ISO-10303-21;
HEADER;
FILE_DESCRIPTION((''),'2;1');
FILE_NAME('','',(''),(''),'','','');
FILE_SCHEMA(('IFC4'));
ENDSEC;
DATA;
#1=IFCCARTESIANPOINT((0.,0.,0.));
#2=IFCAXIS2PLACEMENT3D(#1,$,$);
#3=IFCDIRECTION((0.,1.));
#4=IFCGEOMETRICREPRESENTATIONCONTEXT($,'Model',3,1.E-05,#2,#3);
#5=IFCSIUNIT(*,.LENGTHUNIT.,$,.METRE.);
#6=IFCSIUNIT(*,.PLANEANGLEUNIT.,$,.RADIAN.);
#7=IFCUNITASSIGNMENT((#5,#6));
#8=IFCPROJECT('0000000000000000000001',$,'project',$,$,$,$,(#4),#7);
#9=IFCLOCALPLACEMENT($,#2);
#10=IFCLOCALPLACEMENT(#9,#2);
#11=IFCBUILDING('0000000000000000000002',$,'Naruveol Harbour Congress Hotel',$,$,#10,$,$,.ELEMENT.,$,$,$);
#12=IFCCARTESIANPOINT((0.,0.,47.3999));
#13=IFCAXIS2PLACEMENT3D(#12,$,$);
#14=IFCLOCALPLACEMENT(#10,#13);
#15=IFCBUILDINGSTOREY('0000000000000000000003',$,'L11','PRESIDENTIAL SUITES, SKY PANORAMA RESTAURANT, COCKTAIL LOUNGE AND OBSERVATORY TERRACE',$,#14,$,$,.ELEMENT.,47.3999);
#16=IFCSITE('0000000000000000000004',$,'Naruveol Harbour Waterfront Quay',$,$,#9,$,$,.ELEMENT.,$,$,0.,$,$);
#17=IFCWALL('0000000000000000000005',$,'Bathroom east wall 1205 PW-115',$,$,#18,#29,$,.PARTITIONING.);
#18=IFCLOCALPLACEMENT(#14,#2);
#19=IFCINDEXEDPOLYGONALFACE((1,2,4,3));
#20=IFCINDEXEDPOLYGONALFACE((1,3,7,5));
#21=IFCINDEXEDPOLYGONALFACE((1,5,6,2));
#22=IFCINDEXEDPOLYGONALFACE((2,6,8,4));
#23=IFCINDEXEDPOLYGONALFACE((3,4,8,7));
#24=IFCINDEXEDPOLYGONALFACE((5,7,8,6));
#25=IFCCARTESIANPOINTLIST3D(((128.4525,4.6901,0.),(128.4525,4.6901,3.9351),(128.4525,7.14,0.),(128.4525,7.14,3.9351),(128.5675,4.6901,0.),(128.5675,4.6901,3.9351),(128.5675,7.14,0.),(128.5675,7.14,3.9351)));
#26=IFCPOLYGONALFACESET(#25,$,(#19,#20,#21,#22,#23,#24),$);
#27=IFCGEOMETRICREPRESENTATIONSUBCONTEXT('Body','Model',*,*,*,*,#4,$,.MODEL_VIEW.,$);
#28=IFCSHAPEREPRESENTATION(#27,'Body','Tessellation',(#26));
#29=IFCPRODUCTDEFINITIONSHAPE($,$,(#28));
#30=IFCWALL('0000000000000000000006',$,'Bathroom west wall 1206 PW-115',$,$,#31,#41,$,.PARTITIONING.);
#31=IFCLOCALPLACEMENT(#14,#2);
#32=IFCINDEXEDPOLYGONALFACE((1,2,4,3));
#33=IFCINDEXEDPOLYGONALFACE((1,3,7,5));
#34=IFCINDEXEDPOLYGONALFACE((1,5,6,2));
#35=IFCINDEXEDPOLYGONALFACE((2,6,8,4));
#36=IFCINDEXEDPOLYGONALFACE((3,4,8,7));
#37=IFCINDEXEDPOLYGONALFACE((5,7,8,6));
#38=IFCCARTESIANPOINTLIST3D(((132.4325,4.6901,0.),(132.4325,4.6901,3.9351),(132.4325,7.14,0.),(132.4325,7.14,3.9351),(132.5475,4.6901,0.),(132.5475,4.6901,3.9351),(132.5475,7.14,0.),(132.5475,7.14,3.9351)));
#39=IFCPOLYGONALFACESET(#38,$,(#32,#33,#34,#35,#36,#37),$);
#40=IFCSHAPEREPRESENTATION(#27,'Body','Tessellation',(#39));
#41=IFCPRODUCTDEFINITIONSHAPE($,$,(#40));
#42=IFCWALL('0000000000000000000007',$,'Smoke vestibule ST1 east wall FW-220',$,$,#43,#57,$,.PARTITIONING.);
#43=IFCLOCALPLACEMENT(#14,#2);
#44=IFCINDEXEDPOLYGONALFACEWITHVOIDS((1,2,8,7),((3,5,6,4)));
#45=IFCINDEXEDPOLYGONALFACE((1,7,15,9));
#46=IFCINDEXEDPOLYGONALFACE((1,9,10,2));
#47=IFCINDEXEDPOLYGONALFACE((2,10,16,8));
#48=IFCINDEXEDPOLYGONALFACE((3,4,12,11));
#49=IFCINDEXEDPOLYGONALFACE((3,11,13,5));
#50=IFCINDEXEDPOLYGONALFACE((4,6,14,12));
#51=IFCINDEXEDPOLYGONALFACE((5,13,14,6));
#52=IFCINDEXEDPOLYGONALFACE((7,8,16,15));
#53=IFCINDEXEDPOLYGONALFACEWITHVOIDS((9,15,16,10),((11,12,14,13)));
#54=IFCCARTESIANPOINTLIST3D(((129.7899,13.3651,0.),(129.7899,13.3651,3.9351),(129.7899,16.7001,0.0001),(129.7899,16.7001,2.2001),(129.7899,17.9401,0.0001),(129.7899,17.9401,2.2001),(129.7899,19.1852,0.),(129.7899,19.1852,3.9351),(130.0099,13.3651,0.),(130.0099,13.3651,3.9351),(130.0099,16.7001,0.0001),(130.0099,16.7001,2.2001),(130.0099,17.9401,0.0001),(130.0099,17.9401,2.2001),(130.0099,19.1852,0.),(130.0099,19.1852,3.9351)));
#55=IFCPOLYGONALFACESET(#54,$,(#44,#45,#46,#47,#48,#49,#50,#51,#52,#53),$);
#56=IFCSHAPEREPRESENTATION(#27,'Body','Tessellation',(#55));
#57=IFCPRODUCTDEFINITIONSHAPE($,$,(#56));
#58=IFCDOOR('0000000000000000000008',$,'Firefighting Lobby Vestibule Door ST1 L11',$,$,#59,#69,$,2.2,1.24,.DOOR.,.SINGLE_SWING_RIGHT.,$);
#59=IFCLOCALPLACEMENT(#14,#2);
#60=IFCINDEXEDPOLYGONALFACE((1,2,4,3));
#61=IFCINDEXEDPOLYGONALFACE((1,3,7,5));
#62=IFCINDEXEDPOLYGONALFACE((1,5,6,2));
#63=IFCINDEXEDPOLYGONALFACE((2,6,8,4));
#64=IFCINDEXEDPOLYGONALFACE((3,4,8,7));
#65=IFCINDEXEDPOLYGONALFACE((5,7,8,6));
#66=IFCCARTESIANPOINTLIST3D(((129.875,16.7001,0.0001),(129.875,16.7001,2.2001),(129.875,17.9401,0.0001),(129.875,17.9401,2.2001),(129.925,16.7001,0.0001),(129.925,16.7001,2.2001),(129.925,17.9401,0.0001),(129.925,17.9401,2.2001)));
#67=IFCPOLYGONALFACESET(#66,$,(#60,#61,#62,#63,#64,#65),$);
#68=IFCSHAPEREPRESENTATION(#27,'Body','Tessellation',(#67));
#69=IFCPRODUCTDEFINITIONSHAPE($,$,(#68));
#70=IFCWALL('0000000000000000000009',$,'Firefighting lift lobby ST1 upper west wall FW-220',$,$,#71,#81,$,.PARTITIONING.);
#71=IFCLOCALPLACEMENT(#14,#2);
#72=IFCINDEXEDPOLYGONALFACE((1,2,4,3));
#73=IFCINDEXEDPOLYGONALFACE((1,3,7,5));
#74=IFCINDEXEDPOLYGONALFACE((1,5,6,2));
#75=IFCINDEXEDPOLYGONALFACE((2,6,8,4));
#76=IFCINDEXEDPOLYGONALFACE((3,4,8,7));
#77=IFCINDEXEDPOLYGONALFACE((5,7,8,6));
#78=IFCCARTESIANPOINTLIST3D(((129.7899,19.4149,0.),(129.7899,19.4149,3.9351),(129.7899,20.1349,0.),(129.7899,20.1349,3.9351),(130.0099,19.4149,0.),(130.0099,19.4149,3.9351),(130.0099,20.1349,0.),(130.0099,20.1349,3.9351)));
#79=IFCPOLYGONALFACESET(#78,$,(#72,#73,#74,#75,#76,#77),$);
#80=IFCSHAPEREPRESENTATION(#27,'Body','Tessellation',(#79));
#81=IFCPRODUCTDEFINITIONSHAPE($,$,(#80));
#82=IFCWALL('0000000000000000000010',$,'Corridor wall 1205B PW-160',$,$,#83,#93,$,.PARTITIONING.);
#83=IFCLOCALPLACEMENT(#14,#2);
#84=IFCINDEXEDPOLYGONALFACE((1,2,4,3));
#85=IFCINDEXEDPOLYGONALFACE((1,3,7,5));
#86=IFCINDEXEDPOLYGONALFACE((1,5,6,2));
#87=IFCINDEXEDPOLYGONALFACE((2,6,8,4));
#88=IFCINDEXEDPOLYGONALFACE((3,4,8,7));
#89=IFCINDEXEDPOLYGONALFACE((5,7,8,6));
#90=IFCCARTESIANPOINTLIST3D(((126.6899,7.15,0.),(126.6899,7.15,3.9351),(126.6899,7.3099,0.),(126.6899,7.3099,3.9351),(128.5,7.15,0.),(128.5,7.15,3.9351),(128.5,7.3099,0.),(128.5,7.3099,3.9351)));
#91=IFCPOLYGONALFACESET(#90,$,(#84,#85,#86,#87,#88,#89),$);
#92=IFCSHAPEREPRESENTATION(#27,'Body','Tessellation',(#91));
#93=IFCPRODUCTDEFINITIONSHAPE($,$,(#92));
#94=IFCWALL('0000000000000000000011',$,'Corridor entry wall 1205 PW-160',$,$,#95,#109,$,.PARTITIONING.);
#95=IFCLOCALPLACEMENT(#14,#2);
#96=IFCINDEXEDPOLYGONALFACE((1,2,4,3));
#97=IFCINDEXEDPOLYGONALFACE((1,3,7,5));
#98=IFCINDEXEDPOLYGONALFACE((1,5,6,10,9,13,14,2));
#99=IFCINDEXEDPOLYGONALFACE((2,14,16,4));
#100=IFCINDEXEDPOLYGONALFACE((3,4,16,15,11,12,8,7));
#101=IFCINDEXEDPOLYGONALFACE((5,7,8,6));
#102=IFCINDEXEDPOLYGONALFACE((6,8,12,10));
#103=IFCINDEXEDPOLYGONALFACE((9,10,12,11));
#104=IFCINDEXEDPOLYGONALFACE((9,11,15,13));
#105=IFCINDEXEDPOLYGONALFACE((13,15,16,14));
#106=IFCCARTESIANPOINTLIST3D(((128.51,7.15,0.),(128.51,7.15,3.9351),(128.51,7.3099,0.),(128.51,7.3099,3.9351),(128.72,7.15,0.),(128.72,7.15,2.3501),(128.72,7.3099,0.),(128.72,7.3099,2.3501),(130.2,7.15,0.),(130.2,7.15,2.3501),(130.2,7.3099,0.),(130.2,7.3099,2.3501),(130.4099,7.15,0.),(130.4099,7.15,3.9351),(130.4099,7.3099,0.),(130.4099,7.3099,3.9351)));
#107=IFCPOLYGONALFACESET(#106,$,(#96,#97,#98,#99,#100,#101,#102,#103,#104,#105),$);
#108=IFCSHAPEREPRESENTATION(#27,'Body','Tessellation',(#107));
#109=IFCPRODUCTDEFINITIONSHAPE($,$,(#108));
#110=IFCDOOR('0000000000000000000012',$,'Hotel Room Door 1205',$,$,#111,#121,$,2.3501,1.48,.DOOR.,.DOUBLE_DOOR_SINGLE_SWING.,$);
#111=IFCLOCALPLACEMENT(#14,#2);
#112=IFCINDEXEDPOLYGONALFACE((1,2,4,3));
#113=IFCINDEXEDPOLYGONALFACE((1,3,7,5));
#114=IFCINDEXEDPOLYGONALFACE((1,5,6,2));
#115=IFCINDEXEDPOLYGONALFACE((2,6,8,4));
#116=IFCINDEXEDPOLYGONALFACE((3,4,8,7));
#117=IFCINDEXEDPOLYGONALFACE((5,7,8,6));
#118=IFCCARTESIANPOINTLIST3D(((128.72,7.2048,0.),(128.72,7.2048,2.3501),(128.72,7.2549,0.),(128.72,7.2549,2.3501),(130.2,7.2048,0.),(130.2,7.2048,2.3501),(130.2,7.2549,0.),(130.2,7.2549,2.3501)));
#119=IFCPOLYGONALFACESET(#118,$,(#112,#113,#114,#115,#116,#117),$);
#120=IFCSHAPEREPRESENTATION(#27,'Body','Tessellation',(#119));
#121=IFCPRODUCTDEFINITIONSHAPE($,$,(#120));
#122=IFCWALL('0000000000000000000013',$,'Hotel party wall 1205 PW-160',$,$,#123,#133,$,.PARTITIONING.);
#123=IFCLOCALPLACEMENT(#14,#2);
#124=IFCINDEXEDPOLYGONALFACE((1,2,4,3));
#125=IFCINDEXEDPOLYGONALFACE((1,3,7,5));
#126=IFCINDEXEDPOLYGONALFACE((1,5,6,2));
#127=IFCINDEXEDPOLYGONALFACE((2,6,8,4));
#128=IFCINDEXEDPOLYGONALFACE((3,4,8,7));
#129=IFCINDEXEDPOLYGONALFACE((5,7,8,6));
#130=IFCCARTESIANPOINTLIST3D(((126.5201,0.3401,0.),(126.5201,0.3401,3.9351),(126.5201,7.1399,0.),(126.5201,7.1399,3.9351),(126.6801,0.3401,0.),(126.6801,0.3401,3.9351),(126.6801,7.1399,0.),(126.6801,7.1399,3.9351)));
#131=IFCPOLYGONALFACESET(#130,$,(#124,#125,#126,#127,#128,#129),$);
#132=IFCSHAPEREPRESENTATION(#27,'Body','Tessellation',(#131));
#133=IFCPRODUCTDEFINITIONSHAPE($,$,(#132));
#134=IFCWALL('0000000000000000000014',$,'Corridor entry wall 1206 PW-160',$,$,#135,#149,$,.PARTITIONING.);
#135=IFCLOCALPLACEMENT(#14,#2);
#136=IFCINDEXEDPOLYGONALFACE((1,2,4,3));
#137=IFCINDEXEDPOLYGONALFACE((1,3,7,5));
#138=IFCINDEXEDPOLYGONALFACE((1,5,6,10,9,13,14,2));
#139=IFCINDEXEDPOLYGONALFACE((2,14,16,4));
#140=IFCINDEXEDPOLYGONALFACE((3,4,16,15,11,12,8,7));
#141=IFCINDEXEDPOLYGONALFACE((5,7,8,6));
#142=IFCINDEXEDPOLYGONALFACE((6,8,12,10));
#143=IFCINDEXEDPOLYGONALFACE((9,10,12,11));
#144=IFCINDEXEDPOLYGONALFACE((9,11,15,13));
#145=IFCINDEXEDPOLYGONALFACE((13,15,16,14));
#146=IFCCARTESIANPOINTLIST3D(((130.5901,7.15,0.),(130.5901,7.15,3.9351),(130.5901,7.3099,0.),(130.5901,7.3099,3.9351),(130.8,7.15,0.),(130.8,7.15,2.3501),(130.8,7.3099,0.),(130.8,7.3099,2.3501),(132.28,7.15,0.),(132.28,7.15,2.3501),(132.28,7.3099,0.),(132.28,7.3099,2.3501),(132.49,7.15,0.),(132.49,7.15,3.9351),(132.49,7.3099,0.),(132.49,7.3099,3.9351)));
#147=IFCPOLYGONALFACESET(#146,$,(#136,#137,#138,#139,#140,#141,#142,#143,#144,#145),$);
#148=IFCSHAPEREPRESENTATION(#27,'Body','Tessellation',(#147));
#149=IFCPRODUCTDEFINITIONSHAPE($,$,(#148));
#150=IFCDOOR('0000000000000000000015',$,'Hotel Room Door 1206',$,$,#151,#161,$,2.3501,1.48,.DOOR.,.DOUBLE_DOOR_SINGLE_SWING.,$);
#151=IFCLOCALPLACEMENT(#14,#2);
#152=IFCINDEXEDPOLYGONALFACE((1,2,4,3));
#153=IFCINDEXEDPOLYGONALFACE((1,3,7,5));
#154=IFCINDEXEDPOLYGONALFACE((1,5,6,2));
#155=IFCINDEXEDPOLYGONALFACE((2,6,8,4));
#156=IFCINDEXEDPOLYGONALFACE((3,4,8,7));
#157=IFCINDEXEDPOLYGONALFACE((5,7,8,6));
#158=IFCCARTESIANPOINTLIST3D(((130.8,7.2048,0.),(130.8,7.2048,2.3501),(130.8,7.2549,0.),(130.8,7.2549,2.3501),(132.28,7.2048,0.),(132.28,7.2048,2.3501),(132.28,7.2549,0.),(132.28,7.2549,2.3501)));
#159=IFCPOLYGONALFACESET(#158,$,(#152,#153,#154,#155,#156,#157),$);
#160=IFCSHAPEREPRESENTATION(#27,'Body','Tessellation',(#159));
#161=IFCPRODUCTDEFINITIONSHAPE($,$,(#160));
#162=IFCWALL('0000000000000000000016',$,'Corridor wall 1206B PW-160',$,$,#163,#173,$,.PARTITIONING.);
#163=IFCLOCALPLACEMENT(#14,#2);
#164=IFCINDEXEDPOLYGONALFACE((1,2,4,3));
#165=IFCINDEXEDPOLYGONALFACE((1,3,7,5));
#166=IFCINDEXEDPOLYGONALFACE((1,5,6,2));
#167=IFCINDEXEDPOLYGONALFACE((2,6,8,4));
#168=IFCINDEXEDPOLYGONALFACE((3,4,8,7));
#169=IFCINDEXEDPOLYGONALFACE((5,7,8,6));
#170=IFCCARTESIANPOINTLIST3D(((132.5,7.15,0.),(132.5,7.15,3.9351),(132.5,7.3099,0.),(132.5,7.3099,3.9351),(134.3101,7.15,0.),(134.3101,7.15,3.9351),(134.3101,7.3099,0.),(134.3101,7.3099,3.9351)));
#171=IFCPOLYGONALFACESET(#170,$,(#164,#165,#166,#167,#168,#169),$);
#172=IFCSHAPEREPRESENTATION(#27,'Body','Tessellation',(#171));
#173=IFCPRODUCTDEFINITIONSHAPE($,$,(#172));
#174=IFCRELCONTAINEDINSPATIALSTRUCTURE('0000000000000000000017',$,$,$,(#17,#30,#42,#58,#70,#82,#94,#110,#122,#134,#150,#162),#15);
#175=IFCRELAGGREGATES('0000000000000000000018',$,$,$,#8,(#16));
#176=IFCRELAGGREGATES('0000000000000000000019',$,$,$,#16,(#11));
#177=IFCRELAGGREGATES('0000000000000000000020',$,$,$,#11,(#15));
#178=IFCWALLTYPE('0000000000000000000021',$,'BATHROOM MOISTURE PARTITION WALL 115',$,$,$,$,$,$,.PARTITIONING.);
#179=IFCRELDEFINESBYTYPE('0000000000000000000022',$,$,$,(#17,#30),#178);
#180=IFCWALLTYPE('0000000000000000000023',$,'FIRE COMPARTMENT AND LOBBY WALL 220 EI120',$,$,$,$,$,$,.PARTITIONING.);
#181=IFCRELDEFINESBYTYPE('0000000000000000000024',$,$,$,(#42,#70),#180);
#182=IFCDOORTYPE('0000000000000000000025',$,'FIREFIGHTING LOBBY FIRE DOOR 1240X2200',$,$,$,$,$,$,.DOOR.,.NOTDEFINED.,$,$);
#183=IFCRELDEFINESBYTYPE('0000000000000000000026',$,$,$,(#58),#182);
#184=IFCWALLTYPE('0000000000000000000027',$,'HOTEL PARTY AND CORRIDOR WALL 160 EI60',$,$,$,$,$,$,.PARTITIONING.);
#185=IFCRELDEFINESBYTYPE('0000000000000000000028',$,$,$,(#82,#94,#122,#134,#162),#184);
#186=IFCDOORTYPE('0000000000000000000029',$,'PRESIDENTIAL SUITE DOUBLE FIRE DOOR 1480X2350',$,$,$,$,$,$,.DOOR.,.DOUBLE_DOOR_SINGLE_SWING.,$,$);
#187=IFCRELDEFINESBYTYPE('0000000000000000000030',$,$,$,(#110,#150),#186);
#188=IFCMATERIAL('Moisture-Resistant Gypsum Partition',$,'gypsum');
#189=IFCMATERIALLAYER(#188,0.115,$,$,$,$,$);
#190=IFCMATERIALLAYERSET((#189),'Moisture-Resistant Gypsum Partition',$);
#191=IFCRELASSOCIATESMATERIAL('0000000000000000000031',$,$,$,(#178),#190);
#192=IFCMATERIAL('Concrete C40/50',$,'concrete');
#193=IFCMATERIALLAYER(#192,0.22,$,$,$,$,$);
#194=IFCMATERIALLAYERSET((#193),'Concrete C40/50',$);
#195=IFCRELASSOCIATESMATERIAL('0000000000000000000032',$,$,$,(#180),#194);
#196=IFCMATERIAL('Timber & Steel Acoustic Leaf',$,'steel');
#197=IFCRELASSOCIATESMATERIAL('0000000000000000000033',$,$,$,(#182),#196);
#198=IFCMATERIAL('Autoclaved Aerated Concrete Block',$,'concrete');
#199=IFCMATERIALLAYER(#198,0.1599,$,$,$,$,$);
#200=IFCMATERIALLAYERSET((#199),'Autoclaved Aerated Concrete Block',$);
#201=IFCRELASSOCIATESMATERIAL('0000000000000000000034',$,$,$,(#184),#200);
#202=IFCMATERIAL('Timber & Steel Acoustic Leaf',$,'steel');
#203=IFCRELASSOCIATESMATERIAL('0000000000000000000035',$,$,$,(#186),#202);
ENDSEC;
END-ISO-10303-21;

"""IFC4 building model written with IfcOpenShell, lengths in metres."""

from ifc_helpers import new_model, si_unit, direction, frame, frame_2d, origin, place, context, subcontext, project, spatial, rectangle, extrude, material, layer, layer_set, type_object, element, fill, save


model = new_model("IFC4")

# Units and contexts
model_context = context("Model", 3, precision=1e-05, world=origin(), true_north=direction((0.0, 1.0)))
body_context = subcontext(model_context, "Body", "Model", "MODEL_VIEW")
ifc_project = project(units=[si_unit("LENGTHUNIT", "METRE"), si_unit("PLANEANGLEUNIT", "RADIAN")], contexts=[model_context])

# Site, building, storey
site_placement = place(None, origin())
site = spatial("IfcSite", under=ifc_project, at=site_placement, Name="Naruveol Harbour Waterfront Quay", CompositionType="ELEMENT", RefElevation=0.0)
building_placement = place(site_placement, origin())
building = spatial("IfcBuilding", under=site, at=building_placement, Name="Naruveol Harbour Congress Hotel", CompositionType="ELEMENT")
storey_placement = place(building_placement, frame((0.0, 0.0, 47.3999)))
storey = spatial("IfcBuildingStorey", under=building, at=storey_placement, Name="L11", Description="PRESIDENTIAL SUITES, SKY PANORAMA RESTAURANT, COCKTAIL LOUNGE AND OBSERVATORY TERRACE", CompositionType="ELEMENT", Elevation=47.3999)

# Wall
ifc_material_1 = material(Name="Moisture-Resistant Gypsum Partition", Category="gypsum")
ifc_layer_1 = layer(ifc_material_1, 0.115)
ifc_layer_set_1 = layer_set([ifc_layer_1], Name="Moisture-Resistant Gypsum Partition")
wall_type_1 = type_object("IfcWallType", Name="BATHROOM MOISTURE PARTITION WALL 115", PredefinedType="PARTITIONING", material=ifc_layer_set_1)
wall_1_placement = place(storey_placement, frame((128.51, 4.6899, 0.0), z_axis=(0.0, 0.0, 1.0), x_axis=(0.0, 1.0, 0.0)))
element("IfcWall", 1, at=wall_1_placement, inside=storey, type_object=wall_type_1, Name="Bathroom east wall 1205 PW-115", PredefinedType="PARTITIONING", context=body_context, shape_type="SweptSolid", body=[
    extrude(rectangle(XDim=2.45, YDim=0.115, at=frame_2d((1.2251, 0.0))), origin(), (0.0, 0.0, 1.0), 3.9351),
])

# Wall
wall_2_placement = place(storey_placement, frame((132.49, 4.6899, 0.0), z_axis=(0.0, 0.0, 1.0), x_axis=(0.0, 1.0, 0.0)))
element("IfcWall", 2, at=wall_2_placement, inside=storey, type_object=wall_type_1, Name="Bathroom west wall 1206 PW-115", PredefinedType="PARTITIONING", context=body_context, shape_type="SweptSolid", body=[
    extrude(rectangle(XDim=2.45, YDim=0.115, at=frame_2d((1.2251, 0.0))), origin(), (0.0, 0.0, 1.0), 3.9351),
])

# Wall, opening, door
ifc_material_2 = material(Name="Concrete C40/50", Category="concrete")
ifc_layer_2 = layer(ifc_material_2, 0.22)
ifc_layer_set_2 = layer_set([ifc_layer_2], Name="Concrete C40/50")
wall_type_2 = type_object("IfcWallType", Name="FIRE COMPARTMENT AND LOBBY WALL 220 EI120", PredefinedType="PARTITIONING", material=ifc_layer_set_2)
wall_3_placement = place(storey_placement, frame((129.8999, 13.365, 0.0), z_axis=(0.0, 0.0, 1.0), x_axis=(0.0, 1.0, 0.0)))
wall_3 = element("IfcWall", 3, at=wall_3_placement, inside=storey, type_object=wall_type_2, Name="Smoke vestibule ST1 east wall FW-220", PredefinedType="PARTITIONING", context=body_context, shape_type="SweptSolid", body=[
    extrude(rectangle(XDim=5.8201, YDim=0.22, at=frame_2d((2.9102, 0.0))), origin(), (0.0, 0.0, 1.0), 3.9351),
])
opening_1_placement = place(wall_3_placement, frame((3.335, 0.0, 0.0)))
opening_1 = element("IfcOpeningElement", 4, at=opening_1_placement, cuts=wall_3, PredefinedType="OPENING", context=body_context, shape_type="SweptSolid", body=[
    extrude(rectangle(XDim=1.24, YDim=2.2, at=frame_2d((0.6201, 1.1001))), frame((0.0, 0.1199, 0.0), z_axis=(0.0, -1.0, 0.0), x_axis=(1.0, 0.0, 0.0)), (0.0, 0.0, 1.0), 0.24),
])
ifc_material_3 = material(Name="Timber & Steel Acoustic Leaf", Category="steel")
door_type_1 = type_object("IfcDoorType", Name="FIREFIGHTING LOBBY FIRE DOOR 1240X2200", OperationType="NOTDEFINED", PredefinedType="DOOR", material=ifc_material_3)
door_1_placement = place(opening_1_placement, origin())
door_1 = element("IfcDoor", 5, at=door_1_placement, inside=storey, type_object=door_type_1, Name="Firefighting Lobby Vestibule Door ST1 L11", OperationType="SINGLE_SWING_RIGHT", OverallHeight=2.2, OverallWidth=1.24, PredefinedType="DOOR", context=body_context, shape_type="SweptSolid", body=[
    extrude(rectangle(XDim=1.24, YDim=2.2, at=frame_2d((0.6201, 1.1001))), frame((0.0, 0.0249, 0.0), z_axis=(0.0, -1.0, 0.0), x_axis=(1.0, 0.0, 0.0)), (0.0, 0.0, 1.0), 0.05),
])
fill(opening_1, door_1)

# Walls
wall_4_placement = place(storey_placement, frame((129.8999, 19.415, 0.0), z_axis=(0.0, 0.0, 1.0), x_axis=(0.0, 1.0, 0.0)))
element("IfcWall", 6, at=wall_4_placement, inside=storey, type_object=wall_type_2, Name="Firefighting lift lobby ST1 upper west wall FW-220", PredefinedType="PARTITIONING", context=body_context, shape_type="SweptSolid", body=[
    extrude(rectangle(XDim=0.72, YDim=0.22, at=frame_2d((0.3599, 0.0))), origin(), (0.0, 0.0, 1.0), 3.9351),
])
ifc_material_4 = material(Name="Autoclaved Aerated Concrete Block", Category="concrete")
ifc_layer_3 = layer(ifc_material_4, 0.1599)
ifc_layer_set_3 = layer_set([ifc_layer_3], Name="Autoclaved Aerated Concrete Block")
wall_type_3 = type_object("IfcWallType", Name="HOTEL PARTY AND CORRIDOR WALL 160 EI60", PredefinedType="PARTITIONING", material=ifc_layer_set_3)
wall_5_placement = place(storey_placement, frame((126.6899, 7.23, 0.0), z_axis=(0.0, 0.0, 1.0), x_axis=(1.0, 0.0, 0.0)))
element("IfcWall", 7, at=wall_5_placement, inside=storey, type_object=wall_type_3, Name="Corridor wall 1205B PW-160", PredefinedType="PARTITIONING", context=body_context, shape_type="SweptSolid", body=[
    extrude(rectangle(XDim=1.8101, YDim=0.1599, at=frame_2d((0.905, 0.0))), origin(), (0.0, 0.0, 1.0), 3.9351),
])

# Wall, opening, door
wall_6_placement = place(storey_placement, frame((128.51, 7.23, 0.0), z_axis=(0.0, 0.0, 1.0), x_axis=(1.0, 0.0, 0.0)))
wall_6 = element("IfcWall", 8, at=wall_6_placement, inside=storey, type_object=wall_type_3, Name="Corridor entry wall 1205 PW-160", PredefinedType="PARTITIONING", context=body_context, shape_type="SweptSolid", body=[
    extrude(rectangle(XDim=1.8999, YDim=0.1599, at=frame_2d((0.95, 0.0))), origin(), (0.0, 0.0, 1.0), 3.9351),
])
opening_2_placement = place(wall_6_placement, frame((0.21, 0.0, 0.0)))
opening_2 = element("IfcOpeningElement", 9, at=opening_2_placement, cuts=wall_6, PredefinedType="OPENING", context=body_context, shape_type="SweptSolid", body=[
    extrude(rectangle(XDim=1.48, YDim=2.3501, at=frame_2d((0.74, 1.175))), frame((0.0, 0.0898, 0.0), z_axis=(0.0, -1.0, 0.0), x_axis=(1.0, 0.0, 0.0)), (0.0, 0.0, 1.0), 0.1799),
])
ifc_material_5 = material(Name="Timber & Steel Acoustic Leaf", Category="steel")
door_type_2 = type_object("IfcDoorType", Name="PRESIDENTIAL SUITE DOUBLE FIRE DOOR 1480X2350", OperationType="DOUBLE_DOOR_SINGLE_SWING", PredefinedType="DOOR", material=ifc_material_5)
door_2_placement = place(opening_2_placement, origin())
door_2 = element("IfcDoor", 10, at=door_2_placement, inside=storey, type_object=door_type_2, Name="Hotel Room Door 1205", OperationType="DOUBLE_DOOR_SINGLE_SWING", OverallHeight=2.3501, OverallWidth=1.48, PredefinedType="DOOR", context=body_context, shape_type="SweptSolid", body=[
    extrude(rectangle(XDim=1.48, YDim=2.3501, at=frame_2d((0.74, 1.175))), frame((0.0, 0.0249, 0.0), z_axis=(0.0, -1.0, 0.0), x_axis=(1.0, 0.0, 0.0)), (0.0, 0.0, 1.0), 0.05),
])
fill(opening_2, door_2)

# Wall
wall_7_placement = place(storey_placement, frame((126.6001, 0.3401, 0.0), z_axis=(0.0, 0.0, 1.0), x_axis=(0.0, 1.0, 0.0)))
element("IfcWall", 11, at=wall_7_placement, inside=storey, type_object=wall_type_3, Name="Hotel party wall 1205 PW-160", PredefinedType="PARTITIONING", context=body_context, shape_type="SweptSolid", body=[
    extrude(rectangle(XDim=6.7998, YDim=0.1599, at=frame_2d((3.3999, 0.0))), origin(), (0.0, 0.0, 1.0), 3.9351),
])

# Wall, opening, door
wall_8_placement = place(storey_placement, frame((130.5901, 7.23, 0.0), z_axis=(0.0, 0.0, 1.0), x_axis=(1.0, 0.0, 0.0)))
wall_8 = element("IfcWall", 12, at=wall_8_placement, inside=storey, type_object=wall_type_3, Name="Corridor entry wall 1206 PW-160", PredefinedType="PARTITIONING", context=body_context, shape_type="SweptSolid", body=[
    extrude(rectangle(XDim=1.8999, YDim=0.1599, at=frame_2d((0.95, 0.0))), origin(), (0.0, 0.0, 1.0), 3.9351),
])
opening_3_placement = place(wall_8_placement, frame((0.21, 0.0, 0.0)))
opening_3 = element("IfcOpeningElement", 13, at=opening_3_placement, cuts=wall_8, PredefinedType="OPENING", context=body_context, shape_type="SweptSolid", body=[
    extrude(rectangle(XDim=1.48, YDim=2.3501, at=frame_2d((0.74, 1.175))), frame((0.0, 0.0898, 0.0), z_axis=(0.0, -1.0, 0.0), x_axis=(1.0, 0.0, 0.0)), (0.0, 0.0, 1.0), 0.1799),
])
door_3_placement = place(opening_3_placement, origin())
door_3 = element("IfcDoor", 14, at=door_3_placement, inside=storey, type_object=door_type_2, Name="Hotel Room Door 1206", OperationType="DOUBLE_DOOR_SINGLE_SWING", OverallHeight=2.3501, OverallWidth=1.48, PredefinedType="DOOR", context=body_context, shape_type="SweptSolid", body=[
    extrude(rectangle(XDim=1.48, YDim=2.3501, at=frame_2d((0.74, 1.175))), frame((0.0, 0.0249, 0.0), z_axis=(0.0, -1.0, 0.0), x_axis=(1.0, 0.0, 0.0)), (0.0, 0.0, 1.0), 0.05),
])
fill(opening_3, door_3)

# Wall
wall_9_placement = place(storey_placement, frame((132.5, 7.23, 0.0), z_axis=(0.0, 0.0, 1.0), x_axis=(1.0, 0.0, 0.0)))
element("IfcWall", 15, at=wall_9_placement, inside=storey, type_object=wall_type_3, Name="Corridor wall 1206B PW-160", PredefinedType="PARTITIONING", context=body_context, shape_type="SweptSolid", body=[
    extrude(rectangle(XDim=1.8101, YDim=0.1599, at=frame_2d((0.905, 0.0))), origin(), (0.0, 0.0, 1.0), 3.9351),
])

save(model, "model.ifc")
